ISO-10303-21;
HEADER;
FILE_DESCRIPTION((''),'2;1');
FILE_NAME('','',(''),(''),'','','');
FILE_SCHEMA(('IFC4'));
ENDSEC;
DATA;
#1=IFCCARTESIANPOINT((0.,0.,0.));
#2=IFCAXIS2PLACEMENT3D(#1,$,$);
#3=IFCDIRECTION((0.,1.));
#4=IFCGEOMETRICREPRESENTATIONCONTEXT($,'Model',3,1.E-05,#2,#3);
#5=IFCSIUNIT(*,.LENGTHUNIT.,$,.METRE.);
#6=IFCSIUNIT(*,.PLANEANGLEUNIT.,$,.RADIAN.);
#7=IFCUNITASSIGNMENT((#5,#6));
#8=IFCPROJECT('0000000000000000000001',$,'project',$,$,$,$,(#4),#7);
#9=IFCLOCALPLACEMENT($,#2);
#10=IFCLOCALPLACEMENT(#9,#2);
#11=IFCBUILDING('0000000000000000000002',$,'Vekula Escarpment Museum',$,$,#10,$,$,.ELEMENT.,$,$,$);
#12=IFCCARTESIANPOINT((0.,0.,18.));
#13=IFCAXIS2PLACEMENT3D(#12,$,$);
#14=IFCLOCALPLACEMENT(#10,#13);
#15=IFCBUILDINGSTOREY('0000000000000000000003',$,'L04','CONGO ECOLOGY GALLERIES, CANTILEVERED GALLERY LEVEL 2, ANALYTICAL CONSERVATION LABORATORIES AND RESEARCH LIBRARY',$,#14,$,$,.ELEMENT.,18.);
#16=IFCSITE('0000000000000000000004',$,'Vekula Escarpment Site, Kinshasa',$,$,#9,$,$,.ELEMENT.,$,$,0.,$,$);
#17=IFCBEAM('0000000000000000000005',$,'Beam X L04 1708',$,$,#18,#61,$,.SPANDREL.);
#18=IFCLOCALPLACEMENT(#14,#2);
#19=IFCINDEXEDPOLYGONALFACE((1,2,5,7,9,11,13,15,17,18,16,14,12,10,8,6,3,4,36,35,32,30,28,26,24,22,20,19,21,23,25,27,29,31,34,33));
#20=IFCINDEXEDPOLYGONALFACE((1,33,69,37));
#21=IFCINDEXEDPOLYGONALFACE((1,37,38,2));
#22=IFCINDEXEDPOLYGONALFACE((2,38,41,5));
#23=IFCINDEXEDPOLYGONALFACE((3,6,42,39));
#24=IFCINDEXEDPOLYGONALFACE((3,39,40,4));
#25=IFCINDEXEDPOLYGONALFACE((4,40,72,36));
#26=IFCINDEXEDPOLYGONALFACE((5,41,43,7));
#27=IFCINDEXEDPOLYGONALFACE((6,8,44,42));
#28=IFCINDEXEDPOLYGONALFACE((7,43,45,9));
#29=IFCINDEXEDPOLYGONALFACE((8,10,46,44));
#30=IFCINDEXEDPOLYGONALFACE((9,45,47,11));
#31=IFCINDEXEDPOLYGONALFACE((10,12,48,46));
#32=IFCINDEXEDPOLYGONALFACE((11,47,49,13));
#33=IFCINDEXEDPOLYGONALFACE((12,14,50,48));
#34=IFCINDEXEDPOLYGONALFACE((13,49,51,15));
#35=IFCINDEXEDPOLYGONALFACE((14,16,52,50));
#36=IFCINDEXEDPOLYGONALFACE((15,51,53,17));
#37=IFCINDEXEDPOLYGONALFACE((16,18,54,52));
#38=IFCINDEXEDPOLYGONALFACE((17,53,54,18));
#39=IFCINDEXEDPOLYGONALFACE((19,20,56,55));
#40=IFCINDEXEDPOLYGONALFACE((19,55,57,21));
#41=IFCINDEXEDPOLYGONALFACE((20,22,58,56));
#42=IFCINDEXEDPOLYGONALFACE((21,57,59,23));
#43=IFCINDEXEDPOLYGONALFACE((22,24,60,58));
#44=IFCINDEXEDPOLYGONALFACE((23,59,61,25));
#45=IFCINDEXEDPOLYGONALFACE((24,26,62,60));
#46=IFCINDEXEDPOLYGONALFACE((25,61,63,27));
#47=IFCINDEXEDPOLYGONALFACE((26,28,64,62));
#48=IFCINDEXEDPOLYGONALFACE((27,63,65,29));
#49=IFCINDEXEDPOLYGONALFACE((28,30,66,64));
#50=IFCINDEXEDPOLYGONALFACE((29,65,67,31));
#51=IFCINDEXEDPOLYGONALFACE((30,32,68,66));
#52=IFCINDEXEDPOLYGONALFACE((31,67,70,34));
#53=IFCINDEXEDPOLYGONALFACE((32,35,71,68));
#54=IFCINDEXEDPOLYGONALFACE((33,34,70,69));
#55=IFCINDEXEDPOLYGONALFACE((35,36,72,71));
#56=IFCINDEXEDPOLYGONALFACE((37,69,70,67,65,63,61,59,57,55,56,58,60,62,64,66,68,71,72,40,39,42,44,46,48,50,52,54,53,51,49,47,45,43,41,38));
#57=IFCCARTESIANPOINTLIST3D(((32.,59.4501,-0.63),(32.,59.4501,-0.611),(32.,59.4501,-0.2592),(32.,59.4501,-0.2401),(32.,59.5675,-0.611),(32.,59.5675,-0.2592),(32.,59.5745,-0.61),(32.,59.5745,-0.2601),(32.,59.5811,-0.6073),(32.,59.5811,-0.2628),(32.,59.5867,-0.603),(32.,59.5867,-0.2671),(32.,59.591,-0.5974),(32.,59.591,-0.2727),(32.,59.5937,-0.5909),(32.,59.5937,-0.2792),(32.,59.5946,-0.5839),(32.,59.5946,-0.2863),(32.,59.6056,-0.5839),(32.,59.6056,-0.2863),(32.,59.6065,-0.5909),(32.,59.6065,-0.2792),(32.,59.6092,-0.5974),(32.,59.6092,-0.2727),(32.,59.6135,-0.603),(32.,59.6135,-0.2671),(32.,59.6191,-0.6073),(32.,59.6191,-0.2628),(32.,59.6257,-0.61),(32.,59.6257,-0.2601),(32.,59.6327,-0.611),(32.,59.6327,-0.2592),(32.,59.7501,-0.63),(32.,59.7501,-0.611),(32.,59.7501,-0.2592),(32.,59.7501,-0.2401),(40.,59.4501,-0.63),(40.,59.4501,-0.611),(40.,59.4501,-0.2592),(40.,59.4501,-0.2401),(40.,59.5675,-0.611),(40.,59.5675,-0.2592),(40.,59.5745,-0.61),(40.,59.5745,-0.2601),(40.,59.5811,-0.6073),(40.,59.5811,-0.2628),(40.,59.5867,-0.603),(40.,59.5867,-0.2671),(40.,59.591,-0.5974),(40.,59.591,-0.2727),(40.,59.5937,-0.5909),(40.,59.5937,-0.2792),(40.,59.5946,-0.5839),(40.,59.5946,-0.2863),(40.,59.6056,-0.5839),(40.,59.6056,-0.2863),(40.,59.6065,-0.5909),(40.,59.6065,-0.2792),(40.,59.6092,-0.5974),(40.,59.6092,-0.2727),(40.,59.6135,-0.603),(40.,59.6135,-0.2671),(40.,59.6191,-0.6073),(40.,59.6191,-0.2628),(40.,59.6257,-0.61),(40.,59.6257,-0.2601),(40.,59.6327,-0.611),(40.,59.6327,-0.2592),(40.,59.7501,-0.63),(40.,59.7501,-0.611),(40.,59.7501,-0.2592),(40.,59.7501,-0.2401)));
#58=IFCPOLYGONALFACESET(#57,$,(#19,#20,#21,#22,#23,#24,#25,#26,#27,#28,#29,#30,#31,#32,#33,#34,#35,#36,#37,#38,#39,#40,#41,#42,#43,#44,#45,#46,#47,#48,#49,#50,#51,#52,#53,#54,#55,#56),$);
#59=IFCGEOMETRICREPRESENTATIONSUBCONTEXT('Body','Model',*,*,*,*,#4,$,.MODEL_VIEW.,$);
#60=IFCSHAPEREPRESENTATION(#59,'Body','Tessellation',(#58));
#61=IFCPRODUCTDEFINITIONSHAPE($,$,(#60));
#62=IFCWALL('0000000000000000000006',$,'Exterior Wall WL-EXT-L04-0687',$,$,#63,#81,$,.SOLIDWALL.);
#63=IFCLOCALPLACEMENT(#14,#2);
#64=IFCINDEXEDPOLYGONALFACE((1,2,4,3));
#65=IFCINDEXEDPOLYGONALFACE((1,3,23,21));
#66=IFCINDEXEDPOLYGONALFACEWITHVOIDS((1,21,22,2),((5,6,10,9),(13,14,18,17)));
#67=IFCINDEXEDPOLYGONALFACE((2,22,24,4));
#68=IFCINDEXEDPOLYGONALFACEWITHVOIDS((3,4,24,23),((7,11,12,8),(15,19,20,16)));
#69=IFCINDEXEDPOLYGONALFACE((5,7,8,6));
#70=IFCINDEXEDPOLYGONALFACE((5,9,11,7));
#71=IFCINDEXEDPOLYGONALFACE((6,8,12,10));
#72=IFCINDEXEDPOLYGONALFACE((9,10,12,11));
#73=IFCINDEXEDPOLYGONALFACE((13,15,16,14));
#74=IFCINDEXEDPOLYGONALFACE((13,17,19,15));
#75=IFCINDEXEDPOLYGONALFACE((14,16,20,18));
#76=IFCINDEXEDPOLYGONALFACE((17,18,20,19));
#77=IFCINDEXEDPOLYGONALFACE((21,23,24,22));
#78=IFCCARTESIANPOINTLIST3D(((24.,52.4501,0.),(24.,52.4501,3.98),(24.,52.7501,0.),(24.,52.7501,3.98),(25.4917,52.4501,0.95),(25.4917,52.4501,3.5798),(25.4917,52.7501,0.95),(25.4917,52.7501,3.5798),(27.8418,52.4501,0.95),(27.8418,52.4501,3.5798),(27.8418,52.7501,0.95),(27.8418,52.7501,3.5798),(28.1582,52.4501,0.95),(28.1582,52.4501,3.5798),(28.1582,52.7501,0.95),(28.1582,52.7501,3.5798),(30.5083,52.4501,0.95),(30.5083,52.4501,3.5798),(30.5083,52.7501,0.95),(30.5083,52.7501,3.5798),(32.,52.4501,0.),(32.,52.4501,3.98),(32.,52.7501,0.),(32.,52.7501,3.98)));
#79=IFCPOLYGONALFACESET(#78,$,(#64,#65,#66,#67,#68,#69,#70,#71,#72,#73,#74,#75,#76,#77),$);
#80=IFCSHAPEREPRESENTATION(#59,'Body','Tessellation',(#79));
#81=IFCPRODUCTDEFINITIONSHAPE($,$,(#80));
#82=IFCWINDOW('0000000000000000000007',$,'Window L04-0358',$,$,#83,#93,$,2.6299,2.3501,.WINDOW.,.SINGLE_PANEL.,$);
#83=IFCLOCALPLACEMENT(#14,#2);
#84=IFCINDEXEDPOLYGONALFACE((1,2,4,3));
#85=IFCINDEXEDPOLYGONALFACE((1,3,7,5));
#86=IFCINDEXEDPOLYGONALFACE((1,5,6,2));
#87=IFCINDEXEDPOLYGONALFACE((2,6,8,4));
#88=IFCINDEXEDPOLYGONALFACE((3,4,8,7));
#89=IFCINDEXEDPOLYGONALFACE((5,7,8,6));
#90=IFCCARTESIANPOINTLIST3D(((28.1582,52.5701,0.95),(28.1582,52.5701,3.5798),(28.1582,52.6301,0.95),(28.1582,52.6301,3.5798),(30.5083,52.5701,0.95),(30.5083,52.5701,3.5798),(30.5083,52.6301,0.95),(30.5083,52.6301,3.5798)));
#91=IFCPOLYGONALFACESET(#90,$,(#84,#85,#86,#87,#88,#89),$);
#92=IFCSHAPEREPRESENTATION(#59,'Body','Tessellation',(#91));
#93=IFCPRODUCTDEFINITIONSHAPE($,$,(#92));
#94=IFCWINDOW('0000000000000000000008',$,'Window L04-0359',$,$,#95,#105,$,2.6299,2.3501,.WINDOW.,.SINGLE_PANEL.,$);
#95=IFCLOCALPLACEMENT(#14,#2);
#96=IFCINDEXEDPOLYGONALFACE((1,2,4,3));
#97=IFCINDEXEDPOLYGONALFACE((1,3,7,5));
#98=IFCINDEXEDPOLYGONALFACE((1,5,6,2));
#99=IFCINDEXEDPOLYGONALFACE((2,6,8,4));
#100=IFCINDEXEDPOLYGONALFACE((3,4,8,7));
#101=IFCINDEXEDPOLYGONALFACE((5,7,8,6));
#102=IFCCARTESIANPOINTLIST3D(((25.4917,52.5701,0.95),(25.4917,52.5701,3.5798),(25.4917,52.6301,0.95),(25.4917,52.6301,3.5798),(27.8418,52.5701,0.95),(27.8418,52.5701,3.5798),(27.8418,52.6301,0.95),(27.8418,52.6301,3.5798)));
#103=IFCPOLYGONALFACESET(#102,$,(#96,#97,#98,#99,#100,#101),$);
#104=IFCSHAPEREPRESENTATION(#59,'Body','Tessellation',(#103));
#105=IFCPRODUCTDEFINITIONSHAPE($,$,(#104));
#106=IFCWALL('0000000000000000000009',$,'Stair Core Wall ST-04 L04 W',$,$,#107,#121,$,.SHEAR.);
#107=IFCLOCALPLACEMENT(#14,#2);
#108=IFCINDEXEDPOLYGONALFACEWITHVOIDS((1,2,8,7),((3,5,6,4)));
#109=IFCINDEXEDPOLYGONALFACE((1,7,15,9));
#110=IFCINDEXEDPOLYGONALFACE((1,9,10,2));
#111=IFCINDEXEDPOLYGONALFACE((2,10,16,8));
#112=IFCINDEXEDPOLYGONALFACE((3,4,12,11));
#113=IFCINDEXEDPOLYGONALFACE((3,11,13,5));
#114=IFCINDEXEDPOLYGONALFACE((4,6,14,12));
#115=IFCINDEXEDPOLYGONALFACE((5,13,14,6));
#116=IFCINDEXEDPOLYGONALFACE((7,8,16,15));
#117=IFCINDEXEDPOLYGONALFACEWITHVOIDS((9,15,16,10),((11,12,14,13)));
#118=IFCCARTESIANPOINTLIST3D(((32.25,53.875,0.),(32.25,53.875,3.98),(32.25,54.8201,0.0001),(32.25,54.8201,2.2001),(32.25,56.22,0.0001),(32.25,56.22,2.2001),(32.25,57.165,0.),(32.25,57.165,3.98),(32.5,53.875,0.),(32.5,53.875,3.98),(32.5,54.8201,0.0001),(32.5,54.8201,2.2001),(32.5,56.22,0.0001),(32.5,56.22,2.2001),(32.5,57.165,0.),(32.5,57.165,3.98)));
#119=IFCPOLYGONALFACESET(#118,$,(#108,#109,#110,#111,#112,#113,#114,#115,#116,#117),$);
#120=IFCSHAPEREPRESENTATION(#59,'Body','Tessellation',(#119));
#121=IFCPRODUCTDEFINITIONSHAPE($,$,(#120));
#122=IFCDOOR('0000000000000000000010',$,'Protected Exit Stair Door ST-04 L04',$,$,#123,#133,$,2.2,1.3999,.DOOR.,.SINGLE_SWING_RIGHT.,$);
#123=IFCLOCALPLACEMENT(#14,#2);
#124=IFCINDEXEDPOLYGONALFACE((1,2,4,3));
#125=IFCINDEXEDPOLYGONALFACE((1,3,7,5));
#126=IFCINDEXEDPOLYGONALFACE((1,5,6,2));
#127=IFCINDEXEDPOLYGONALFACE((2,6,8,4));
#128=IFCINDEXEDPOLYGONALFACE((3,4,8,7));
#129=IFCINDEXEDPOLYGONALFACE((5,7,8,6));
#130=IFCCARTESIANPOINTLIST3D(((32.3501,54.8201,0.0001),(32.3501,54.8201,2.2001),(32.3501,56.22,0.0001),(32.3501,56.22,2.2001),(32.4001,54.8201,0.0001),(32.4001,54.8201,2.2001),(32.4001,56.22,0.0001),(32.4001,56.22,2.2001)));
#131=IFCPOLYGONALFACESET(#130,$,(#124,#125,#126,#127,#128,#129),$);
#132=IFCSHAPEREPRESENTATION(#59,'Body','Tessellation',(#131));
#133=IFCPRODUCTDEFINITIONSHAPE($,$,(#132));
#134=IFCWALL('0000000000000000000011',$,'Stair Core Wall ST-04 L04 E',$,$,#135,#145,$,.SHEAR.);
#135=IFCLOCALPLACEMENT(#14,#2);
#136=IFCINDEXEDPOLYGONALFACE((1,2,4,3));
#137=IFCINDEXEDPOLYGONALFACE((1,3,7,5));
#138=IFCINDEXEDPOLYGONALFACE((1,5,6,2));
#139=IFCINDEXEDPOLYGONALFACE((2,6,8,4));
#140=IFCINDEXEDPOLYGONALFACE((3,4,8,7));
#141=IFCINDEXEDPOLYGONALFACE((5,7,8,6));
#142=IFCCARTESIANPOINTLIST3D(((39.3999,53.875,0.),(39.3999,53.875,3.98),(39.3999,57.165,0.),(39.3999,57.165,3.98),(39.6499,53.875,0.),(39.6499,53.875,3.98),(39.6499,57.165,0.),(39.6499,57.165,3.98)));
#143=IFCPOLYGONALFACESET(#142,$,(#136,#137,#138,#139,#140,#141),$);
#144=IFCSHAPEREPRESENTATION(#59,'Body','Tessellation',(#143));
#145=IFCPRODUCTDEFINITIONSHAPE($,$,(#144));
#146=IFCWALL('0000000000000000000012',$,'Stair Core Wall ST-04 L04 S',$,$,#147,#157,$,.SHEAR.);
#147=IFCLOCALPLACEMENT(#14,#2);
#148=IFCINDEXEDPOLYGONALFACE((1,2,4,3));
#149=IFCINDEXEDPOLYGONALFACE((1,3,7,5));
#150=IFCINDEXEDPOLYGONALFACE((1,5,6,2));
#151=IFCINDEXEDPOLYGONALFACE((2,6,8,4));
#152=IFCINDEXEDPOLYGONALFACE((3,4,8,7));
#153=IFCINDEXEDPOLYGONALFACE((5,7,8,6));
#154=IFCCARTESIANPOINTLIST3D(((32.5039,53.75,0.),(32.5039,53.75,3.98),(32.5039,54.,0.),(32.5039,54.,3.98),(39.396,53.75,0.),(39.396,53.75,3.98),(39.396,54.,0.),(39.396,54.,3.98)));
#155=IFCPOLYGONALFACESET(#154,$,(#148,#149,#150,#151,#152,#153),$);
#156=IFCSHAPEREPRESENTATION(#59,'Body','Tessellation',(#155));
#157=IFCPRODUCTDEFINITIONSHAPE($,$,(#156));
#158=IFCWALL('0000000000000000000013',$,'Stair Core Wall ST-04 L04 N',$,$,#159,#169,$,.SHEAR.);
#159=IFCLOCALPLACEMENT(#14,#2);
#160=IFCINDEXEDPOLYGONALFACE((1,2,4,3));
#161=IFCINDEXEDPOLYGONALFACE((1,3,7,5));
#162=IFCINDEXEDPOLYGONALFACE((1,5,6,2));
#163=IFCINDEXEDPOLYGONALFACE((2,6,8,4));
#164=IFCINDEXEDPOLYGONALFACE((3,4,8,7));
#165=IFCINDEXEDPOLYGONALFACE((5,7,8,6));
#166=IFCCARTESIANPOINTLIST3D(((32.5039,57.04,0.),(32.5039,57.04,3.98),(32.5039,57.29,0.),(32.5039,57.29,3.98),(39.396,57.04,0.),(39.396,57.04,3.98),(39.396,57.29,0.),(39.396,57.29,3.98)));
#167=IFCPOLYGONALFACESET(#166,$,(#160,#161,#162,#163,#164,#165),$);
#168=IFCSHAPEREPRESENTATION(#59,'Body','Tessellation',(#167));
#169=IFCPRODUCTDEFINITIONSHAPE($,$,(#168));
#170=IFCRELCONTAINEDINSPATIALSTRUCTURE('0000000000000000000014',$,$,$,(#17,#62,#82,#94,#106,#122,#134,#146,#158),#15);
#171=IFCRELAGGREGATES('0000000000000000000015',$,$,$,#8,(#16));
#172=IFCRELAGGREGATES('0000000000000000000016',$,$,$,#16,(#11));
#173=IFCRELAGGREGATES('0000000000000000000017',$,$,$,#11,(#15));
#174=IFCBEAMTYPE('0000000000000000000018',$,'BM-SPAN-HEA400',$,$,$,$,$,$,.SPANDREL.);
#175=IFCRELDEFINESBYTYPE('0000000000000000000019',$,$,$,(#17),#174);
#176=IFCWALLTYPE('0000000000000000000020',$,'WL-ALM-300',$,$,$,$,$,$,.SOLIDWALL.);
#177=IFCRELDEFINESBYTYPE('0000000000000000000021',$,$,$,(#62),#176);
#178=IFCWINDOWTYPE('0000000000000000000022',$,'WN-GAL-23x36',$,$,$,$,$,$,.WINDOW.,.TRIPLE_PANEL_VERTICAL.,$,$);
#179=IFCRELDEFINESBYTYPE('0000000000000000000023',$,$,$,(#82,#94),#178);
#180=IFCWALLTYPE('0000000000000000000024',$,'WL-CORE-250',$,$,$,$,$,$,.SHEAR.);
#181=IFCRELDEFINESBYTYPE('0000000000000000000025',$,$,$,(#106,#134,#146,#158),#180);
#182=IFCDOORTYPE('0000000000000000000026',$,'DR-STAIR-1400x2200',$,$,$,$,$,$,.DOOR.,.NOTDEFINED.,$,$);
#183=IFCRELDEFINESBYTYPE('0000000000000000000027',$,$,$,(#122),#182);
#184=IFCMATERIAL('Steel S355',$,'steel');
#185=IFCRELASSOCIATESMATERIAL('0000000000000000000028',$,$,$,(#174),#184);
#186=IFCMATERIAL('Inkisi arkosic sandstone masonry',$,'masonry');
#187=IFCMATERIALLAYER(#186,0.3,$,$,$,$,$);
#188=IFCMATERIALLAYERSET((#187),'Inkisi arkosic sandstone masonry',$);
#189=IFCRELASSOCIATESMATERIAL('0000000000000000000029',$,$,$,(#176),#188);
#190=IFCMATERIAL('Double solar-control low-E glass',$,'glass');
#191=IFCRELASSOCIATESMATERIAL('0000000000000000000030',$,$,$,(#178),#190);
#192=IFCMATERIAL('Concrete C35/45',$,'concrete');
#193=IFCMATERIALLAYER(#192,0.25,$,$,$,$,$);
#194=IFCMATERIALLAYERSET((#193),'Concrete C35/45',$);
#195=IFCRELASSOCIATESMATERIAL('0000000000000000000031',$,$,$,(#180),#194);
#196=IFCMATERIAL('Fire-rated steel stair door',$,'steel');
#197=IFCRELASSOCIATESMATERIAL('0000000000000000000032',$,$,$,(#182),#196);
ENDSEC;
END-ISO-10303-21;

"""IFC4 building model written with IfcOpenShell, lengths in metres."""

from ifc_helpers import new_model, si_unit, direction, frame, frame_2d, origin, origin_2d, place, context, subcontext, project, spatial, rectangle, i_section, extrude, material, layer, layer_set, material_profile, profile_set, type_object, element, fill, save


model = new_model("IFC4")

# Units and contexts
model_context = context("Model", 3, precision=1e-05, world=origin(), true_north=direction((0.0, 1.0)))
body_context = subcontext(model_context, "Body", "Model", "MODEL_VIEW")
ifc_project = project(units=[si_unit("LENGTHUNIT", "METRE"), si_unit("PLANEANGLEUNIT", "RADIAN")], contexts=[model_context])

# Site, building, storey
site_placement = place(None, origin())
site = spatial("IfcSite", under=ifc_project, at=site_placement, Name="Vekula Escarpment Site, Kinshasa", CompositionType="ELEMENT", RefElevation=0.0)
building_placement = place(site_placement, origin())
building = spatial("IfcBuilding", under=site, at=building_placement, Name="Vekula Escarpment Museum", CompositionType="ELEMENT")
storey_placement = place(building_placement, frame((0.0, 0.0, 18.0)))
storey = spatial("IfcBuildingStorey", under=building, at=storey_placement, Name="L04", Description="CONGO ECOLOGY GALLERIES, CANTILEVERED GALLERY LEVEL 2, ANALYTICAL CONSERVATION LABORATORIES AND RESEARCH LIBRARY", CompositionType="ELEMENT", Elevation=18.0)

# Beam
ifc_material_1 = material(Name="Steel S355", Category="steel")
ifc_material_profile_1 = material_profile(ifc_material_1, i_section(OverallWidth=0.3, OverallDepth=0.3899, WebThickness=0.011, FlangeThickness=0.019, FilletRadius=0.0271, at=origin_2d()), Name="HEA 400")
ifc_profile_set_1 = profile_set([ifc_material_profile_1], Name="Steel S355")
beam_type_1 = type_object("IfcBeamType", Name="BM-SPAN-HEA400", PredefinedType="SPANDREL", material=ifc_profile_set_1)
for number, where, z_axis, x_axis, name in (
    (1, (32.0, 59.6001, -0.4351), (1.0, 0.0, 0.0), (0.0, 1.0, 0.0), "Beam X L04 1708"),
):
    element("IfcBeam", number, at=place(storey_placement, frame(where, z_axis=z_axis, x_axis=x_axis)), inside=storey, type_object=beam_type_1, Name=name, PredefinedType="SPANDREL", context=body_context, shape_type="SweptSolid", body=[
        extrude(i_section(OverallWidth=0.3, OverallDepth=0.3899, WebThickness=0.011, FlangeThickness=0.019, FilletRadius=0.0271, at=origin_2d()), origin(), (0.0, 0.0, 1.0), 8.0),
    ])

# Wall, openings, windows
ifc_material_2 = material(Name="Inkisi arkosic sandstone masonry", Category="masonry")
ifc_layer_1 = layer(ifc_material_2, 0.3)
ifc_layer_set_1 = layer_set([ifc_layer_1], Name="Inkisi arkosic sandstone masonry")
wall_type_1 = type_object("IfcWallType", Name="WL-ALM-300", PredefinedType="SOLIDWALL", material=ifc_layer_set_1)
wall_1_placement = place(storey_placement, frame((32.0, 52.6001, 0.0), z_axis=(0.0, 0.0, 1.0), x_axis=(-1.0, 0.0, 0.0)))
wall_1 = element("IfcWall", 2, at=wall_1_placement, inside=storey, type_object=wall_type_1, Name="Exterior Wall WL-EXT-L04-0687", PredefinedType="SOLIDWALL", context=body_context, shape_type="SweptSolid", body=[
    extrude(rectangle(XDim=8.0, YDim=0.3, at=frame_2d((4.0, 0.0))), origin(), (0.0, 0.0, 1.0), 3.98),
])
opening_1_placement = place(wall_1_placement, frame((1.4917, 0.0, 0.95)))
opening_1 = element("IfcOpeningElement", 3, at=opening_1_placement, cuts=wall_1, PredefinedType="OPENING", context=body_context, shape_type="SweptSolid", body=[
    extrude(rectangle(XDim=2.3501, YDim=2.6299, at=frame_2d((1.175, 1.3149))), frame((0.0, 0.1599, 0.0), z_axis=(0.0, -1.0, 0.0), x_axis=(1.0, 0.0, 0.0)), (0.0, 0.0, 1.0), 0.3201),
])
opening_2_placement = place(wall_1_placement, frame((4.1582, 0.0, 0.95)))
opening_2 = element("IfcOpeningElement", 4, at=opening_2_placement, cuts=wall_1, PredefinedType="OPENING", context=body_context, shape_type="SweptSolid", body=[
    extrude(rectangle(XDim=2.3501, YDim=2.6299, at=frame_2d((1.175, 1.3149))), frame((0.0, 0.1599, 0.0), z_axis=(0.0, -1.0, 0.0), x_axis=(1.0, 0.0, 0.0)), (0.0, 0.0, 1.0), 0.3201),
])
ifc_material_3 = material(Name="Double solar-control low-E glass", Category="glass")
window_type = type_object("IfcWindowType", Name="WN-GAL-23x36", PartitioningType="TRIPLE_PANEL_VERTICAL", PredefinedType="WINDOW", material=ifc_material_3)
window_1_placement = place(opening_1_placement, origin())
window_1 = element("IfcWindow", 5, at=window_1_placement, inside=storey, type_object=window_type, Name="Window L04-0358", OverallHeight=2.6299, OverallWidth=2.3501, PartitioningType="SINGLE_PANEL", PredefinedType="WINDOW", context=body_context, shape_type="SweptSolid", body=[
    extrude(rectangle(XDim=2.3501, YDim=2.6299, at=frame_2d((1.175, 1.3149))), frame((0.0, 0.03, 0.0), z_axis=(0.0, -1.0, 0.0), x_axis=(1.0, 0.0, 0.0)), (0.0, 0.0, 1.0), 0.0601),
])
fill(opening_1, window_1)
window_2_placement = place(opening_2_placement, origin())
window_2 = element("IfcWindow", 6, at=window_2_placement, inside=storey, type_object=window_type, Name="Window L04-0359", OverallHeight=2.6299, OverallWidth=2.3501, PartitioningType="SINGLE_PANEL", PredefinedType="WINDOW", context=body_context, shape_type="SweptSolid", body=[
    extrude(rectangle(XDim=2.3501, YDim=2.6299, at=frame_2d((1.175, 1.3149))), frame((0.0, 0.03, 0.0), z_axis=(0.0, -1.0, 0.0), x_axis=(1.0, 0.0, 0.0)), (0.0, 0.0, 1.0), 0.0601),
])
fill(opening_2, window_2)

# Wall, opening, door
ifc_material_4 = material(Name="Concrete C35/45", Category="concrete")
ifc_layer_2 = layer(ifc_material_4, 0.25)
ifc_layer_set_2 = layer_set([ifc_layer_2], Name="Concrete C35/45")
wall_type_2 = type_object("IfcWallType", Name="WL-CORE-250", PredefinedType="SHEAR", material=ifc_layer_set_2)
wall_2_placement = place(storey_placement, frame((32.375, 53.875, 0.0), z_axis=(0.0, 0.0, 1.0), x_axis=(0.0, 1.0, 0.0)))
wall_2 = element("IfcWall", 7, at=wall_2_placement, inside=storey, type_object=wall_type_2, Name="Stair Core Wall ST-04 L04 W", PredefinedType="SHEAR", context=body_context, shape_type="SweptSolid", body=[
    extrude(rectangle(XDim=3.29, YDim=0.25, at=frame_2d((1.645, 0.0))), origin(), (0.0, 0.0, 1.0), 3.98),
])
opening_3_placement = place(wall_2_placement, frame((0.9451, 0.0, 0.0)))
opening_3 = element("IfcOpeningElement", 8, at=opening_3_placement, cuts=wall_2, PredefinedType="OPENING", context=body_context, shape_type="SweptSolid", body=[
    extrude(rectangle(XDim=1.3999, YDim=2.2, at=frame_2d((0.7, 1.1001))), frame((0.0, 0.135, 0.0), z_axis=(0.0, -1.0, 0.0), x_axis=(1.0, 0.0, 0.0)), (0.0, 0.0, 1.0), 0.27),
])
ifc_material_5 = material(Name="Fire-rated steel stair door", Category="steel")
door_type_1 = type_object("IfcDoorType", Name="DR-STAIR-1400x2200", OperationType="NOTDEFINED", PredefinedType="DOOR", material=ifc_material_5)
door_1_placement = place(opening_3_placement, origin())
door_1 = element("IfcDoor", 9, at=door_1_placement, inside=storey, type_object=door_type_1, Name="Protected Exit Stair Door ST-04 L04", OperationType="SINGLE_SWING_RIGHT", OverallHeight=2.2, OverallWidth=1.3999, PredefinedType="DOOR", context=body_context, shape_type="SweptSolid", body=[
    extrude(rectangle(XDim=1.3999, YDim=2.2, at=frame_2d((0.7, 1.1001))), frame((0.0, 0.0249, 0.0), z_axis=(0.0, -1.0, 0.0), x_axis=(1.0, 0.0, 0.0)), (0.0, 0.0, 1.0), 0.05),
])
fill(opening_3, door_1)

# Walls
wall_3_placement = place(storey_placement, frame((39.5249, 53.875, 0.0), z_axis=(0.0, 0.0, 1.0), x_axis=(0.0, 1.0, 0.0)))
element("IfcWall", 10, at=wall_3_placement, inside=storey, type_object=wall_type_2, Name="Stair Core Wall ST-04 L04 E", PredefinedType="SHEAR", context=body_context, shape_type="SweptSolid", body=[
    extrude(rectangle(XDim=3.29, YDim=0.25, at=frame_2d((1.645, 0.0))), origin(), (0.0, 0.0, 1.0), 3.98),
])
for number, where, z_axis, x_axis, name in (
    (11, (32.5039, 53.875, 0.0), (0.0, 0.0, 1.0), (1.0, 0.0, 0.0), "Stair Core Wall ST-04 L04 S"),
    (12, (32.5039, 57.165, 0.0), (0.0, 0.0, 1.0), (1.0, 0.0, 0.0), "Stair Core Wall ST-04 L04 N"),
):
    element("IfcWall", number, at=place(storey_placement, frame(where, z_axis=z_axis, x_axis=x_axis)), inside=storey, type_object=wall_type_2, Name=name, PredefinedType="SHEAR", context=body_context, shape_type="SweptSolid", body=[
        extrude(rectangle(XDim=6.8921, YDim=0.25, at=frame_2d((3.446, 0.0))), origin(), (0.0, 0.0, 1.0), 3.98),
    ])

save(model, "model.ifc")
